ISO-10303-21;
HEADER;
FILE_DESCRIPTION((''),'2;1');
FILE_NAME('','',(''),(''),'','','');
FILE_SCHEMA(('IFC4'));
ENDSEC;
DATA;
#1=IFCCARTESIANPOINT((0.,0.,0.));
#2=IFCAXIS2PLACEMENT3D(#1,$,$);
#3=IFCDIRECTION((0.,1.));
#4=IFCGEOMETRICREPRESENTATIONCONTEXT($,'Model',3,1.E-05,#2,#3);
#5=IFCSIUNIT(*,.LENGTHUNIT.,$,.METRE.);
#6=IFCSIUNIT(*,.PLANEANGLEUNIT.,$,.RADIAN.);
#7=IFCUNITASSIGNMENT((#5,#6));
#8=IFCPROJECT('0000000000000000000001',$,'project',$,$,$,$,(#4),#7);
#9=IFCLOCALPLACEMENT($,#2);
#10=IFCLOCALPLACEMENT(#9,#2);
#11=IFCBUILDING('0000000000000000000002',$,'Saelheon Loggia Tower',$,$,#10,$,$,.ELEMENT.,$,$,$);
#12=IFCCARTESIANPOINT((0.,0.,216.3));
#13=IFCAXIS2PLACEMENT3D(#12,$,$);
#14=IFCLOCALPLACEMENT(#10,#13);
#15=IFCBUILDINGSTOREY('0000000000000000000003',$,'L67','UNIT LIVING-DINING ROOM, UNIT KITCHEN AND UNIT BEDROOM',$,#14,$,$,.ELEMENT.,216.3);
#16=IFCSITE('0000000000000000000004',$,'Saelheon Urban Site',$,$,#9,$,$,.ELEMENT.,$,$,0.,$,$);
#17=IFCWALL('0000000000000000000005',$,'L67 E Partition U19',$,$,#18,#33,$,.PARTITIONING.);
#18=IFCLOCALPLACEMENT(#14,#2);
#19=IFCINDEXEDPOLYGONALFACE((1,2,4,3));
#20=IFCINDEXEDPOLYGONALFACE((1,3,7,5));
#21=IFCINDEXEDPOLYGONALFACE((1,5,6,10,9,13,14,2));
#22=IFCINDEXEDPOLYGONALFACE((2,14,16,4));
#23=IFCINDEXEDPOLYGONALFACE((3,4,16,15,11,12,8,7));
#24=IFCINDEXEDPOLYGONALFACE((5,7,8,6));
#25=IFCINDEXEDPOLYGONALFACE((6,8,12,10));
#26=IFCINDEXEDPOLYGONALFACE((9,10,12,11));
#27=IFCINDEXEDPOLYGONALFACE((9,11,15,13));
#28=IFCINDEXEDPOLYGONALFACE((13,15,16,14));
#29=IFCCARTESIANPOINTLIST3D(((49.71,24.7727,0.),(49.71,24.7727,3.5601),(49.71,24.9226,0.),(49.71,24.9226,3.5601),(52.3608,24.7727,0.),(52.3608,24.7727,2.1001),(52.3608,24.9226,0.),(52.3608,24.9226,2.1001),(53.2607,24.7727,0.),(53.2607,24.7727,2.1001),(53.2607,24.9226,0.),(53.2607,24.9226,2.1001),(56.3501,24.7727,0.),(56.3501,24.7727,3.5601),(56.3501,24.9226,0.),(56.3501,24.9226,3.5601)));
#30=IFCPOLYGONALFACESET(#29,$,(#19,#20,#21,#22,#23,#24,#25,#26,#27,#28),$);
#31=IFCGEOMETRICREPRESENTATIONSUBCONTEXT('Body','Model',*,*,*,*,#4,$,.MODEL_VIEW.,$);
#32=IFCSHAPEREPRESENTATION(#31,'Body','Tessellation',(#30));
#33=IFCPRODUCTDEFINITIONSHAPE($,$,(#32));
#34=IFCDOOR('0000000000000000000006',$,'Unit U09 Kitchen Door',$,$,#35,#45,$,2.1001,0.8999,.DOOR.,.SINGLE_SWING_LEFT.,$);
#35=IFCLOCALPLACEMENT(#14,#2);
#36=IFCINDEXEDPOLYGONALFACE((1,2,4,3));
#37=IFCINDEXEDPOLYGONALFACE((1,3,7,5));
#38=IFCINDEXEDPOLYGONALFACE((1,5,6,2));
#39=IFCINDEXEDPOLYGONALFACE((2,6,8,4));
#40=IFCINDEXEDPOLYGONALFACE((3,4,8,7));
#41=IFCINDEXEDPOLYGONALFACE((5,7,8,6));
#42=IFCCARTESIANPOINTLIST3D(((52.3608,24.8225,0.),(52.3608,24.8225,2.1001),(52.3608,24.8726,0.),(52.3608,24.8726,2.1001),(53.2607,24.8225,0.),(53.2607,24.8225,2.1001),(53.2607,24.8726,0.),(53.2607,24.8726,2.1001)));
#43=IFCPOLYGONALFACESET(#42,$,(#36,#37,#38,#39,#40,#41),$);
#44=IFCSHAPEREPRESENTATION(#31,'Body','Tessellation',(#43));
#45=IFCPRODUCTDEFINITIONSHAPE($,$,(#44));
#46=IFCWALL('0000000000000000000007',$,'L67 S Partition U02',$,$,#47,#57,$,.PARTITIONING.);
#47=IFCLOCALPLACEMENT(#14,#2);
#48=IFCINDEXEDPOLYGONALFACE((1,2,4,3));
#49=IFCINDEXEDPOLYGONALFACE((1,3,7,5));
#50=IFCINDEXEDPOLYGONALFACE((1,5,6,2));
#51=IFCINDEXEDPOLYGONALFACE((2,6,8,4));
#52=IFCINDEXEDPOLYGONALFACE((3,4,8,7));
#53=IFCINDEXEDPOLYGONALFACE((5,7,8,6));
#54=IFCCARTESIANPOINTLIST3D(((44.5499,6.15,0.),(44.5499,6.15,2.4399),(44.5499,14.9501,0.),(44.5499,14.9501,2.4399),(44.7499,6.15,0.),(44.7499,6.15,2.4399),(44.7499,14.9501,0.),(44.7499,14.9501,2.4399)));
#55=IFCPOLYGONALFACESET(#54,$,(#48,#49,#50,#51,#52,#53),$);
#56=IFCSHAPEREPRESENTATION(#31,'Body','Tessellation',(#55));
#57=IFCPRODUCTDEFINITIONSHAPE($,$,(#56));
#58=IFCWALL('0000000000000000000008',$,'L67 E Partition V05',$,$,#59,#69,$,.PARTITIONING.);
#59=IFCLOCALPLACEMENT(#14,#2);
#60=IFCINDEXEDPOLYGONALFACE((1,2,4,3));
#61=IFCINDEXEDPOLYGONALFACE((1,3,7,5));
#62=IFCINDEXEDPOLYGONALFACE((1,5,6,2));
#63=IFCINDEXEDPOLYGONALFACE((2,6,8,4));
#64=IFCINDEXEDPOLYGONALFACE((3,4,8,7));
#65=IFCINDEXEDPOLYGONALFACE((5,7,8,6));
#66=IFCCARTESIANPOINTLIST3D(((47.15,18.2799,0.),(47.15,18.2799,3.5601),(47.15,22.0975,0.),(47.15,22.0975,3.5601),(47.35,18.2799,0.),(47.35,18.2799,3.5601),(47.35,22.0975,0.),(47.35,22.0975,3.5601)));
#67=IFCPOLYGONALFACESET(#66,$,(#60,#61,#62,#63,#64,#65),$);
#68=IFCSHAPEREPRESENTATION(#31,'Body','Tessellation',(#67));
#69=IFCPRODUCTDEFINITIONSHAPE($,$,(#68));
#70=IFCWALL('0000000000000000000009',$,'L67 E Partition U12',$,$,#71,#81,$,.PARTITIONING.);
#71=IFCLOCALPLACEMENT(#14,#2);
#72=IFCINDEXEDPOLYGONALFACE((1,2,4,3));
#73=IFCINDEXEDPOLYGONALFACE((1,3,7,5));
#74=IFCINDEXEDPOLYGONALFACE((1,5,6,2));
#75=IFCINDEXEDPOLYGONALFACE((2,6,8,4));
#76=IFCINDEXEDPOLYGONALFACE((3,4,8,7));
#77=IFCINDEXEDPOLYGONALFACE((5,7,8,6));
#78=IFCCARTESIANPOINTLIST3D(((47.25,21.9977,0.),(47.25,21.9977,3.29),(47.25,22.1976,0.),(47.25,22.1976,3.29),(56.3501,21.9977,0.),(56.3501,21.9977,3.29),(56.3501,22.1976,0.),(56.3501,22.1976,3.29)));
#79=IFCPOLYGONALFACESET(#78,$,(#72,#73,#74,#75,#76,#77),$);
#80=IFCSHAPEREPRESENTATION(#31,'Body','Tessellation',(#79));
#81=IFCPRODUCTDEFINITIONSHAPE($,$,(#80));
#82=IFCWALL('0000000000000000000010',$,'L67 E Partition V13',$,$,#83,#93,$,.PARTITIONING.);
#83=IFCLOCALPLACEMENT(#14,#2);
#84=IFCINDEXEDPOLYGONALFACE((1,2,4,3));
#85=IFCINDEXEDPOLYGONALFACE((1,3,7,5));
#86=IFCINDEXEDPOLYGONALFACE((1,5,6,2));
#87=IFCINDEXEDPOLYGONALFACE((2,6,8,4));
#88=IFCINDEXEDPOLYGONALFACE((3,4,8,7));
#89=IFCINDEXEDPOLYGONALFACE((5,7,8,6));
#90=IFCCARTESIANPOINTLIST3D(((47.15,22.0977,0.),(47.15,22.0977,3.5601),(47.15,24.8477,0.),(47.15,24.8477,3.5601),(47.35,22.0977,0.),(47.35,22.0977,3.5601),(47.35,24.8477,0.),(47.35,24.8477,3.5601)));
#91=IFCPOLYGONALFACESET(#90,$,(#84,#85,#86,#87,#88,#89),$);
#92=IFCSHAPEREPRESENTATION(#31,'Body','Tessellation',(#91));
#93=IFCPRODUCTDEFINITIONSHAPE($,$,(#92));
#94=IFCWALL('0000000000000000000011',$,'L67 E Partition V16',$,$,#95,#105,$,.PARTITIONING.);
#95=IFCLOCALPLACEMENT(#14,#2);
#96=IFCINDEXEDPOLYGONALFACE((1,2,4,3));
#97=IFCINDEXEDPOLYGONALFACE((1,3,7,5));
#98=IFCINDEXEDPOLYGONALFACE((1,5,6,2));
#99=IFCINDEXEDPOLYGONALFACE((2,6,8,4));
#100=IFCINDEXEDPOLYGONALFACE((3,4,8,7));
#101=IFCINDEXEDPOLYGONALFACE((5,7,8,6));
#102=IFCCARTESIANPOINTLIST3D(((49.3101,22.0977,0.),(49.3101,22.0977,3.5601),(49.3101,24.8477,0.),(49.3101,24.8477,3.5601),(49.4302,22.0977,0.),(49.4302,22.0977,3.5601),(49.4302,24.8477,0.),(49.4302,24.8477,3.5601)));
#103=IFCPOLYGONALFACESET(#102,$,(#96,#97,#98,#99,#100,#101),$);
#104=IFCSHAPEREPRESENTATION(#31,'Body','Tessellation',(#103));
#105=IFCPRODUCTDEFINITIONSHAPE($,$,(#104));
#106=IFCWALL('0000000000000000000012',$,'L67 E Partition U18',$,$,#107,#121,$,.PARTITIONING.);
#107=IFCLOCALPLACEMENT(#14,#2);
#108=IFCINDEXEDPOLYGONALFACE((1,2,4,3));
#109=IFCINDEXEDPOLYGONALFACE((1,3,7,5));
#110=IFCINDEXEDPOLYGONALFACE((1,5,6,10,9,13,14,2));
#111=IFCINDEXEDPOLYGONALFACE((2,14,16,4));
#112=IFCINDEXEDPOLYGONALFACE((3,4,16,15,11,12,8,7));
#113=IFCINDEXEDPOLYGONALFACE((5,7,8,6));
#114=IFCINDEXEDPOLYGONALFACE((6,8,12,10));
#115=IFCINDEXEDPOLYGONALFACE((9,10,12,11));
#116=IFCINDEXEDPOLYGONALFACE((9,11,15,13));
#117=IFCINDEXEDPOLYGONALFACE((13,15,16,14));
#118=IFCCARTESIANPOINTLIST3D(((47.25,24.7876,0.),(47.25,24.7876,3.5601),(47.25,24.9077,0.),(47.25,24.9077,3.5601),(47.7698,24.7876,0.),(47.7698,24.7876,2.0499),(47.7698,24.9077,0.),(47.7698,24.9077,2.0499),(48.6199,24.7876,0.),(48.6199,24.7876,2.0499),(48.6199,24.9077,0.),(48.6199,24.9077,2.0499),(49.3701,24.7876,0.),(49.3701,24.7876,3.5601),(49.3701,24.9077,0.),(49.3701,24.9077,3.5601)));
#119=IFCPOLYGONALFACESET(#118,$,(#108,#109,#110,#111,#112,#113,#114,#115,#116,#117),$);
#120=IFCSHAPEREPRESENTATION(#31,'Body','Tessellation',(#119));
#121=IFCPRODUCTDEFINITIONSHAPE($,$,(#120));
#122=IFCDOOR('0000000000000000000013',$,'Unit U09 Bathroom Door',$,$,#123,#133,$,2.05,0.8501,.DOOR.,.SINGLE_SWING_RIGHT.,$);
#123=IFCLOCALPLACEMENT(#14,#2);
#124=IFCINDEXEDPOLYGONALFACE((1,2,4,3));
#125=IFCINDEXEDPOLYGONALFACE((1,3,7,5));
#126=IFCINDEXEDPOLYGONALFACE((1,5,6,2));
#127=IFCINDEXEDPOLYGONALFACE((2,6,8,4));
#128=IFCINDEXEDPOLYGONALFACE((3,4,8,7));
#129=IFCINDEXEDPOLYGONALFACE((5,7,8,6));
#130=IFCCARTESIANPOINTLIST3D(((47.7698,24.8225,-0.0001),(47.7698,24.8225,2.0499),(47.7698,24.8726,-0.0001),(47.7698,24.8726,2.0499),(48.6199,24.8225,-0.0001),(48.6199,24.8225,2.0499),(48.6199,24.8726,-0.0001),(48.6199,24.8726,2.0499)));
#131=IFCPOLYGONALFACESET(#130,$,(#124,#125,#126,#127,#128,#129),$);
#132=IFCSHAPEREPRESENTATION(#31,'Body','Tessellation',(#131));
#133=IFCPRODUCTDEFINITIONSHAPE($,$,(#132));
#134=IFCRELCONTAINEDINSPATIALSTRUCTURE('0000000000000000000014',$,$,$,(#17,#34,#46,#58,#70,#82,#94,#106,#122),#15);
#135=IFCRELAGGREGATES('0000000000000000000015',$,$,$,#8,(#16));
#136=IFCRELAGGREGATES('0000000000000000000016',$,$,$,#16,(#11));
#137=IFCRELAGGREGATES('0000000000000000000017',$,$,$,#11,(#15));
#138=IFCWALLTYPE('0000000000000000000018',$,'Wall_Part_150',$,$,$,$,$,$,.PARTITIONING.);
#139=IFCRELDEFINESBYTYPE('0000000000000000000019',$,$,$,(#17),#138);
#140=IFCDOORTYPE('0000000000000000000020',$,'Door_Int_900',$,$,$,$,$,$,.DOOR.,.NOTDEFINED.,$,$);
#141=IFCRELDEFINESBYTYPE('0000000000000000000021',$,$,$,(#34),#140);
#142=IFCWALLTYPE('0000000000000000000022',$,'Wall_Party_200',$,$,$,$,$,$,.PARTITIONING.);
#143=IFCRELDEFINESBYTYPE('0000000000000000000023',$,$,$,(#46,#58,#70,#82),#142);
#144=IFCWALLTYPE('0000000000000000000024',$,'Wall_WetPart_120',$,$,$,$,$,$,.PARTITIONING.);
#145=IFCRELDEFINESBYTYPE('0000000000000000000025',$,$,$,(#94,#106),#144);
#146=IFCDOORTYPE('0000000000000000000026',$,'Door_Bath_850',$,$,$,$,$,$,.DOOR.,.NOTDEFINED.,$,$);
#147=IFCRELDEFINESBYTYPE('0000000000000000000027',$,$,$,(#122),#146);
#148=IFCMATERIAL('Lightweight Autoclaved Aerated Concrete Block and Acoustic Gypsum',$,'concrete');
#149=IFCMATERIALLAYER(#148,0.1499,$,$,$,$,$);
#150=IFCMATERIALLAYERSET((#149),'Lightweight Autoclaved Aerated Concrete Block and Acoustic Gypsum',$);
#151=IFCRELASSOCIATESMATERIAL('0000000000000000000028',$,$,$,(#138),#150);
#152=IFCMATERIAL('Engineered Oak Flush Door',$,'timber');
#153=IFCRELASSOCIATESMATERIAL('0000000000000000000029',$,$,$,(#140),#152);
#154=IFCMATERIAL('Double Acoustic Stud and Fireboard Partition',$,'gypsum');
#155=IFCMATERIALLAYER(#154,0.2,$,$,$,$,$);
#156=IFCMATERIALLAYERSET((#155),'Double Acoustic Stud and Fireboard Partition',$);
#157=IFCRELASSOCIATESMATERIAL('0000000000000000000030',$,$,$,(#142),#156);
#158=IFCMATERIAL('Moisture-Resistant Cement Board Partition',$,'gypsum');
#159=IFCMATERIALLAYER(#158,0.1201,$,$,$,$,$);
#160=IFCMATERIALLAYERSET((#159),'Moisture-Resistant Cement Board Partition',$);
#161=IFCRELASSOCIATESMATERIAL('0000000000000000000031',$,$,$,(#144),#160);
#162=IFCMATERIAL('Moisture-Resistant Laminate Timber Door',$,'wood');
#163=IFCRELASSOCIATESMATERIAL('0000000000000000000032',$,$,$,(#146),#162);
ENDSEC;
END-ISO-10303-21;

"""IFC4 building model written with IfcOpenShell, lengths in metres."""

from ifc_helpers import new_model, si_unit, direction, frame, frame_2d, origin, place, context, subcontext, project, spatial, rectangle, extrude, source, transform, mapped, material, layer, layer_set, type_object, element, fill, save


model = new_model("IFC4")

# Units and contexts
model_context = context("Model", 3, precision=1e-05, world=origin(), true_north=direction((0.0, 1.0)))
body_context = subcontext(model_context, "Body", "Model", "MODEL_VIEW")
ifc_project = project(units=[si_unit("LENGTHUNIT", "METRE"), si_unit("PLANEANGLEUNIT", "RADIAN")], contexts=[model_context])

# Site, building, storey
site_placement = place(None, origin())
site = spatial("IfcSite", under=ifc_project, at=site_placement, Name="Saelheon Urban Site", CompositionType="ELEMENT", RefElevation=0.0)
building_placement = place(site_placement, origin())
building = spatial("IfcBuilding", under=site, at=building_placement, Name="Saelheon Loggia Tower", CompositionType="ELEMENT")
storey_placement = place(building_placement, frame((0.0, 0.0, 216.3)))
storey = spatial("IfcBuildingStorey", under=building, at=storey_placement, Name="L67", Description="UNIT LIVING-DINING ROOM, UNIT KITCHEN AND UNIT BEDROOM", CompositionType="ELEMENT", Elevation=216.3)

# Shared definitions
ifc_material_1 = material(Name="Lightweight Autoclaved Aerated Concrete Block and Acoustic Gypsum", Category="concrete")
ifc_layer_1 = layer(ifc_material_1, 0.1499)
ifc_layer_set_1 = layer_set([ifc_layer_1], Name="Lightweight Autoclaved Aerated Concrete Block and Acoustic Gypsum")
wall_type_1 = type_object("IfcWallType", Name="Wall_Part_150", PredefinedType="PARTITIONING", material=ifc_layer_set_1)

# Wall, opening, door
ifc_material_2 = material(Name="Engineered Oak Flush Door", Category="timber")
door_type_1 = type_object("IfcDoorType", Name="Door_Int_900", OperationType="NOTDEFINED", PredefinedType="DOOR", material=ifc_material_2)
shared_shape_1 = source(origin(), body_context, "Body", "SweptSolid", [
    extrude(rectangle(XDim=0.8999, YDim=2.1001, at=frame_2d((0.45, 1.05))), frame((0.0, 0.0249, 0.0), z_axis=(0.0, -1.0, 0.0), x_axis=(1.0, 0.0, 0.0)), (0.0, 0.0, 1.0), 0.05),
])
wall_1_placement = place(storey_placement, frame((49.71, 24.8477, 0.0), z_axis=(0.0, 0.0, 1.0), x_axis=(1.0, 0.0, 0.0)))
wall_1 = element("IfcWall", 1, at=wall_1_placement, inside=storey, type_object=wall_type_1, Name="L67 E Partition U19", PredefinedType="PARTITIONING", context=body_context, shape_type="SweptSolid", body=[
    extrude(rectangle(XDim=6.6401, YDim=0.1499, at=frame_2d((3.3201, 0.0))), origin(), (0.0, 0.0, 1.0), 3.5601),
])
opening_1_placement = place(wall_1_placement, frame((2.6509, 0.0, 0.0)))
opening_1 = element("IfcOpeningElement", 2, at=opening_1_placement, cuts=wall_1, PredefinedType="OPENING", context=body_context, shape_type="SweptSolid", body=[
    extrude(rectangle(XDim=0.8999, YDim=2.1001, at=frame_2d((0.45, 1.05))), frame((0.0, 0.0869, 0.0), z_axis=(0.0, -1.0, 0.0), x_axis=(1.0, 0.0, 0.0)), (0.0, 0.0, 1.0), 0.1738),
])
door_1_placement = place(opening_1_placement, origin())
door_1 = element("IfcDoor", 3, at=door_1_placement, inside=storey, type_object=door_type_1, Name="Unit U09 Kitchen Door", OperationType="SINGLE_SWING_LEFT", OverallHeight=2.1001, OverallWidth=0.8999, PredefinedType="DOOR", context=body_context, shape_type="MappedRepresentation", body=[
    mapped(shared_shape_1, transform((0.0, 0.0, 0.0), scale=1.0)),
])
fill(opening_1, door_1)

# Walls
ifc_material_3 = material(Name="Double Acoustic Stud and Fireboard Partition", Category="gypsum")
ifc_layer_2 = layer(ifc_material_3, 0.2)
ifc_layer_set_2 = layer_set([ifc_layer_2], Name="Double Acoustic Stud and Fireboard Partition")
wall_type_2 = type_object("IfcWallType", Name="Wall_Party_200", PredefinedType="PARTITIONING", material=ifc_layer_set_2)
wall_2_placement = place(storey_placement, frame((44.6499, 14.95, 0.0), z_axis=(0.0, 0.0, 1.0), x_axis=(0.0, -1.0, 0.0)))
element("IfcWall", 4, at=wall_2_placement, inside=storey, type_object=wall_type_2, Name="L67 S Partition U02", PredefinedType="PARTITIONING", context=body_context, shape_type="SweptSolid", body=[
    extrude(rectangle(XDim=8.8, YDim=0.2, at=frame_2d((4.3999, 0.0))), origin(), (0.0, 0.0, 1.0), 2.4399),
])
wall_3_placement = place(storey_placement, frame((47.25, 18.28, 0.0), z_axis=(0.0, 0.0, 1.0), x_axis=(0.0, 1.0, 0.0)))
element("IfcWall", 5, at=wall_3_placement, inside=storey, type_object=wall_type_2, Name="L67 E Partition V05", PredefinedType="PARTITIONING", context=body_context, shape_type="SweptSolid", body=[
    extrude(rectangle(XDim=3.8176, YDim=0.2, at=frame_2d((1.9087, 0.0))), origin(), (0.0, 0.0, 1.0), 3.5601),
])
wall_4_placement = place(storey_placement, frame((47.25, 22.0977, 0.0), z_axis=(0.0, 0.0, 1.0), x_axis=(1.0, 0.0, 0.0)))
element("IfcWall", 6, at=wall_4_placement, inside=storey, type_object=wall_type_2, Name="L67 E Partition U12", PredefinedType="PARTITIONING", context=body_context, shape_type="SweptSolid", body=[
    extrude(rectangle(XDim=9.1001, YDim=0.2, at=frame_2d((4.55, 0.0))), origin(), (0.0, 0.0, 1.0), 3.29),
])
wall_5_placement = place(storey_placement, frame((47.25, 22.0977, 0.0), z_axis=(0.0, 0.0, 1.0), x_axis=(0.0, 1.0, 0.0)))
element("IfcWall", 7, at=wall_5_placement, inside=storey, type_object=wall_type_2, Name="L67 E Partition V13", PredefinedType="PARTITIONING", context=body_context, shape_type="SweptSolid", body=[
    extrude(rectangle(XDim=2.75, YDim=0.2, at=frame_2d((1.375, 0.0))), origin(), (0.0, 0.0, 1.0), 3.5601),
])

# Wall
ifc_material_4 = material(Name="Moisture-Resistant Cement Board Partition", Category="gypsum")
ifc_layer_3 = layer(ifc_material_4, 0.1201)
ifc_layer_set_3 = layer_set([ifc_layer_3], Name="Moisture-Resistant Cement Board Partition")
wall_type_3 = type_object("IfcWallType", Name="Wall_WetPart_120", PredefinedType="PARTITIONING", material=ifc_layer_set_3)
wall_6_placement = place(storey_placement, frame((49.3701, 22.0977, 0.0), z_axis=(0.0, 0.0, 1.0), x_axis=(0.0, 1.0, 0.0)))
element("IfcWall", 8, at=wall_6_placement, inside=storey, type_object=wall_type_3, Name="L67 E Partition V16", PredefinedType="PARTITIONING", context=body_context, shape_type="SweptSolid", body=[
    extrude(rectangle(XDim=2.75, YDim=0.1201, at=frame_2d((1.375, 0.0))), origin(), (0.0, 0.0, 1.0), 3.5601),
])

# Wall, opening, door
wall_7_placement = place(storey_placement, frame((47.25, 24.8477, 0.0), z_axis=(0.0, 0.0, 1.0), x_axis=(1.0, 0.0, 0.0)))
wall_7 = element("IfcWall", 9, at=wall_7_placement, inside=storey, type_object=wall_type_3, Name="L67 E Partition U18", PredefinedType="PARTITIONING", context=body_context, shape_type="SweptSolid", body=[
    extrude(rectangle(XDim=2.1201, YDim=0.1201, at=frame_2d((1.0601, 0.0))), origin(), (0.0, 0.0, 1.0), 3.5601),
])
opening_2_placement = place(wall_7_placement, frame((0.5198, 0.0, 0.0)))
opening_2 = element("IfcOpeningElement", 10, at=opening_2_placement, cuts=wall_7, PredefinedType="OPENING", context=body_context, shape_type="SweptSolid", body=[
    extrude(rectangle(XDim=0.8501, YDim=2.05, at=frame_2d((0.425, 1.0249))), frame((0.0, 0.072, 0.0), z_axis=(0.0, -1.0, 0.0), x_axis=(1.0, 0.0, 0.0)), (0.0, 0.0, 1.0), 0.144),
])
ifc_material_5 = material(Name="Moisture-Resistant Laminate Timber Door", Category="wood")
door_type_2 = type_object("IfcDoorType", Name="Door_Bath_850", OperationType="NOTDEFINED", PredefinedType="DOOR", material=ifc_material_5)
shared_shape_2 = source(origin(), body_context, "Body", "SweptSolid", [
    extrude(rectangle(XDim=0.8501, YDim=2.05, at=frame_2d((0.425, 1.0249))), frame((0.0, 0.0249, 0.0), z_axis=(0.0, -1.0, 0.0), x_axis=(1.0, 0.0, 0.0)), (0.0, 0.0, 1.0), 0.05),
])
door_2_placement = place(opening_2_placement, origin())
door_2 = element("IfcDoor", 11, at=door_2_placement, inside=storey, type_object=door_type_2, Name="Unit U09 Bathroom Door", OperationType="SINGLE_SWING_RIGHT", OverallHeight=2.05, OverallWidth=0.8501, PredefinedType="DOOR", context=body_context, shape_type="MappedRepresentation", body=[
    mapped(shared_shape_2, transform((0.0, 0.0, 0.0), scale=1.0)),
])
fill(opening_2, door_2)

save(model, "model.ifc")
